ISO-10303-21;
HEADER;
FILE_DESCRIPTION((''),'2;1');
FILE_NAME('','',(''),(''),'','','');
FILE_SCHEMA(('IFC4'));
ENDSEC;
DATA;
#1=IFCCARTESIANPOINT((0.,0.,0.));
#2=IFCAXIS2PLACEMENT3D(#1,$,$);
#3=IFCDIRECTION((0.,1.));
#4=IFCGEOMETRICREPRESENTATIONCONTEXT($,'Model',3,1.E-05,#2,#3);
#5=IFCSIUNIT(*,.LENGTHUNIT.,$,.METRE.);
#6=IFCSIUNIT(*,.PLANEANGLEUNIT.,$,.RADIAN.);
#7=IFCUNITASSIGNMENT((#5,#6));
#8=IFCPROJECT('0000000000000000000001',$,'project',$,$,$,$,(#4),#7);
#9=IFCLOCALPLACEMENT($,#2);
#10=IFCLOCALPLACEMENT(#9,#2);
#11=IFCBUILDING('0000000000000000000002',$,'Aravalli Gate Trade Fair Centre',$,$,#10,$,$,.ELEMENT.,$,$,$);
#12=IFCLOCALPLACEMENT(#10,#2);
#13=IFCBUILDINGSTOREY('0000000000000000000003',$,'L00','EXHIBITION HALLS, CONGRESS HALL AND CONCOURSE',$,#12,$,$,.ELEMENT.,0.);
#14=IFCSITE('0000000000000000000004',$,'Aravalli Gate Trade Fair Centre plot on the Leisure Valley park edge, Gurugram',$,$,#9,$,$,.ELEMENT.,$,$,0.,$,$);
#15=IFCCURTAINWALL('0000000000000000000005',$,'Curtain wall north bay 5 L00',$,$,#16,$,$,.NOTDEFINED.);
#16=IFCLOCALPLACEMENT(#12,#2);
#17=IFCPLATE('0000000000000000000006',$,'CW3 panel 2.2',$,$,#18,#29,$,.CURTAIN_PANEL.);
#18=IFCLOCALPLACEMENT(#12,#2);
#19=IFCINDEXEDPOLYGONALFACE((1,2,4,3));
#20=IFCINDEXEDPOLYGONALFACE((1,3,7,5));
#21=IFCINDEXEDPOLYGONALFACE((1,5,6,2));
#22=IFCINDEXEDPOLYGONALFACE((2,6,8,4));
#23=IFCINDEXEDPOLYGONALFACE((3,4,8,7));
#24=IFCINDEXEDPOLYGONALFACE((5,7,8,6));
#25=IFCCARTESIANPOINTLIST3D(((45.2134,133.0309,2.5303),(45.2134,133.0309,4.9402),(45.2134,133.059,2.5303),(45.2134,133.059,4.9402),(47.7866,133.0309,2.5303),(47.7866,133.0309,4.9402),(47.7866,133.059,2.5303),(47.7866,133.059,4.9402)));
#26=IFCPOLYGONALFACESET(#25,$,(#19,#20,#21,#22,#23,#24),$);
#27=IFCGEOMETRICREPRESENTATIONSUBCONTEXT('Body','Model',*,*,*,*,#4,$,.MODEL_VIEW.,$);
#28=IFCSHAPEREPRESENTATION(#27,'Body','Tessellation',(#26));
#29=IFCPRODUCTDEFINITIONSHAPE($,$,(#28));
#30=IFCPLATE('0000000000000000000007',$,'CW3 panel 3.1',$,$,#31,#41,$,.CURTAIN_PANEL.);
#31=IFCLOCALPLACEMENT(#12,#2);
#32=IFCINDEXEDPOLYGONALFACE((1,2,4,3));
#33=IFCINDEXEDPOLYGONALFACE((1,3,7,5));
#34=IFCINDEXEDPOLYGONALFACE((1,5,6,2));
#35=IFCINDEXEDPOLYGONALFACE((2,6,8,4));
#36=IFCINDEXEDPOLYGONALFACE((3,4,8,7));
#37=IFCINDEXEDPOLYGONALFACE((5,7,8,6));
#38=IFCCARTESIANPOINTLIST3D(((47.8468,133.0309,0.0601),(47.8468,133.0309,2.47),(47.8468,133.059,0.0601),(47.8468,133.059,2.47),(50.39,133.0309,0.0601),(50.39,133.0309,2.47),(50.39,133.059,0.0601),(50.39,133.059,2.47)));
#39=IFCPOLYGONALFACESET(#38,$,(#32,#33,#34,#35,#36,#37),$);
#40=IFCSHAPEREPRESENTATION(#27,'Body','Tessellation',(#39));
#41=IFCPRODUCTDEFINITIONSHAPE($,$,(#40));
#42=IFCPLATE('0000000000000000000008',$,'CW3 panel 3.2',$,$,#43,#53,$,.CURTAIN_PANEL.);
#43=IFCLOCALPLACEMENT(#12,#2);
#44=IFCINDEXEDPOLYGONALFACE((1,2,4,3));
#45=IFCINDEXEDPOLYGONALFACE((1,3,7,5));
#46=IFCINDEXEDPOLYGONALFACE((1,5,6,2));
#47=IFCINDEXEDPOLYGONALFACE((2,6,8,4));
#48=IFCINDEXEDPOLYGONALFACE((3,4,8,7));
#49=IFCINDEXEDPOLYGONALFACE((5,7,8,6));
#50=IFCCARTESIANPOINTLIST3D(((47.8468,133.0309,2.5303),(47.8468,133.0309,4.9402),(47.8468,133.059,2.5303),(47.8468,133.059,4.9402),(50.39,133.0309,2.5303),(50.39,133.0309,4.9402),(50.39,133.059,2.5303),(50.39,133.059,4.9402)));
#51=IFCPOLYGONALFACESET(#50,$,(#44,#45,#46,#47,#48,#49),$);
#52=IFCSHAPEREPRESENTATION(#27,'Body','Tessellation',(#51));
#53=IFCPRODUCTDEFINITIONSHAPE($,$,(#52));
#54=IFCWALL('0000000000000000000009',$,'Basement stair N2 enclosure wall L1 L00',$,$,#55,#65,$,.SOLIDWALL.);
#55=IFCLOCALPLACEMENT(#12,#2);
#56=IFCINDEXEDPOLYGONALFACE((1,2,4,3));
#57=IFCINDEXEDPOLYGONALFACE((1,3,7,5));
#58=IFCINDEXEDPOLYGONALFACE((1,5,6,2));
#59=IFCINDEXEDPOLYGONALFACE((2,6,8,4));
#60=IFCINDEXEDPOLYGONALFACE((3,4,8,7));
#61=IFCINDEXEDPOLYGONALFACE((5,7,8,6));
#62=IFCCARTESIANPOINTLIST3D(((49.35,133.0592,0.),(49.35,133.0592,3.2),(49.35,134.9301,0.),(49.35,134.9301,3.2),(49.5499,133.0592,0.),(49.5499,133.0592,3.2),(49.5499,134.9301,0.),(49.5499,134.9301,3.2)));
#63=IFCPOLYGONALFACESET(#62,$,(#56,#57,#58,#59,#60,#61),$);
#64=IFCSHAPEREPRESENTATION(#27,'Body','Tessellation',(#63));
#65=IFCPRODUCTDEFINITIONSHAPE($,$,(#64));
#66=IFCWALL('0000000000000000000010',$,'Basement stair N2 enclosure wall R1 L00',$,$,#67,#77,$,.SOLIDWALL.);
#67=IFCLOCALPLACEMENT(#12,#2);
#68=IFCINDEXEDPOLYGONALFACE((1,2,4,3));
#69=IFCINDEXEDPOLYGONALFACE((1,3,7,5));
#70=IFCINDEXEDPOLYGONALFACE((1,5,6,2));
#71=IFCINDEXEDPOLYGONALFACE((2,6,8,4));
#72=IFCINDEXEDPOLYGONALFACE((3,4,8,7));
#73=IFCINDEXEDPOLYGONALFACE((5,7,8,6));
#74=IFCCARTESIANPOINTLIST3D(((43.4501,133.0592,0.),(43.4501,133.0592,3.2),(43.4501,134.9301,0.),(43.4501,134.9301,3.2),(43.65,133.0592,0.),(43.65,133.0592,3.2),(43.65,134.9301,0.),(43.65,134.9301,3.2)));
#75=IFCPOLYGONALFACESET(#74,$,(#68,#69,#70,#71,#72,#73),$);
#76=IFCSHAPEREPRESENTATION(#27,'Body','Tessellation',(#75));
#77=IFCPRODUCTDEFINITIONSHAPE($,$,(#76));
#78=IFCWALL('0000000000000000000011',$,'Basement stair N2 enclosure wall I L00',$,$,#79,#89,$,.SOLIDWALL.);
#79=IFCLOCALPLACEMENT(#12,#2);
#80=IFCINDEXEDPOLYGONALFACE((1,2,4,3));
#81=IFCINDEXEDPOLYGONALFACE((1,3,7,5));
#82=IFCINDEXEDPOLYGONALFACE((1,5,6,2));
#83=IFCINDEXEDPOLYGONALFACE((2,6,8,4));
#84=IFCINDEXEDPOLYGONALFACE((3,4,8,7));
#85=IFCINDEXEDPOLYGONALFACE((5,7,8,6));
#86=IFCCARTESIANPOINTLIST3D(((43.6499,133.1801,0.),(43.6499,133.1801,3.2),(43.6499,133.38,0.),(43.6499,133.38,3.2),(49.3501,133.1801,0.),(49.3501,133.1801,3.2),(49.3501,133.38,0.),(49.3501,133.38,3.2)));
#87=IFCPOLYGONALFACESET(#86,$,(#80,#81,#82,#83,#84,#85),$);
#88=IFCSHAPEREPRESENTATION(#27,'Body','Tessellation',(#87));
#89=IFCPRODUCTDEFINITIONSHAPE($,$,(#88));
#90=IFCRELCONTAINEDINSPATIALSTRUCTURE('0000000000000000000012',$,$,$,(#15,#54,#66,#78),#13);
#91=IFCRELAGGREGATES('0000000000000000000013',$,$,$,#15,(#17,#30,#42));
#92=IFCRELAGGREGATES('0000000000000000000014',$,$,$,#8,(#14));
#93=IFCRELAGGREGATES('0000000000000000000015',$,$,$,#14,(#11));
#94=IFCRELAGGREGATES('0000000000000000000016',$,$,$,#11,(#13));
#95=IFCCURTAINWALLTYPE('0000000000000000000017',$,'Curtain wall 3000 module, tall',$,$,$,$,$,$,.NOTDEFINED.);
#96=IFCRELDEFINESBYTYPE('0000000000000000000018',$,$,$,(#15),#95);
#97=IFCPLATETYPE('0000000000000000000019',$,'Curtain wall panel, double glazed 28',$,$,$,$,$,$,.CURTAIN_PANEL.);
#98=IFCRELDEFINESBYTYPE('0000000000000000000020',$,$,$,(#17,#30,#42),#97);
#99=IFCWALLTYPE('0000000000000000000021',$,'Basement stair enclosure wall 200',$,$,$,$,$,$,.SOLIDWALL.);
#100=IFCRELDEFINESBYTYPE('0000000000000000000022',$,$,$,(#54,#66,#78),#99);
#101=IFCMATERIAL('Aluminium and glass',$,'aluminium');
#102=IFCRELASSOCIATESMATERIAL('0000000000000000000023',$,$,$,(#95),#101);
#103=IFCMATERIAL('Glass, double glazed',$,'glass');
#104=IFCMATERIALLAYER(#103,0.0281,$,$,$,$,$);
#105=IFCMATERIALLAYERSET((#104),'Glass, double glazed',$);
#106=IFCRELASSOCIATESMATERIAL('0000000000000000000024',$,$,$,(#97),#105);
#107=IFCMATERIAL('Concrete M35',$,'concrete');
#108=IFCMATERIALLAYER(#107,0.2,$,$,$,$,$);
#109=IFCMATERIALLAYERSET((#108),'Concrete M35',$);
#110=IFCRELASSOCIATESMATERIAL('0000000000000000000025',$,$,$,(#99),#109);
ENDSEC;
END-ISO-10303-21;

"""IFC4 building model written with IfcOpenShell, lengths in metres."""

from ifc_helpers import new_model, si_unit, direction, frame, frame_2d, origin, origin_2d, place, context, subcontext, project, spatial, rectangle, extrude, material, layer, layer_set, type_object, element, aggregate, save


model = new_model("IFC4")

# Units and contexts
model_context = context("Model", 3, precision=1e-05, world=origin(), true_north=direction((0.0, 1.0)))
body_context = subcontext(model_context, "Body", "Model", "MODEL_VIEW")
ifc_project = project(units=[si_unit("LENGTHUNIT", "METRE"), si_unit("PLANEANGLEUNIT", "RADIAN")], contexts=[model_context])

# Site, building, storey
site_placement = place(None, origin())
site = spatial("IfcSite", under=ifc_project, at=site_placement, Name="Aravalli Gate Trade Fair Centre plot on the Leisure Valley park edge, Gurugram", CompositionType="ELEMENT", RefElevation=0.0)
building_placement = place(site_placement, origin())
building = spatial("IfcBuilding", under=site, at=building_placement, Name="Aravalli Gate Trade Fair Centre", CompositionType="ELEMENT")
storey_placement = place(building_placement, origin())
storey = spatial("IfcBuildingStorey", under=building, at=storey_placement, Name="L00", Description="EXHIBITION HALLS, CONGRESS HALL AND CONCOURSE", CompositionType="ELEMENT", Elevation=0.0)

# Curtain wall, plates
ifc_material_1 = material(Name="Aluminium and glass", Category="aluminium")
curtain_wall_type = type_object("IfcCurtainWallType", Name="Curtain wall 3000 module, tall", PredefinedType="NOTDEFINED", material=ifc_material_1)
curtain_wall_placement = place(storey_placement, origin())
curtain_wall = element("IfcCurtainWall", 1, at=curtain_wall_placement, inside=storey, type_object=curtain_wall_type, Name="Curtain wall north bay 5 L00", PredefinedType="NOTDEFINED")
ifc_material_2 = material(Name="Glass, double glazed", Category="glass")
ifc_layer_1 = layer(ifc_material_2, 0.0281)
ifc_layer_set_1 = layer_set([ifc_layer_1], Name="Glass, double glazed")
plate_type = type_object("IfcPlateType", Name="Curtain wall panel, double glazed 28", PredefinedType="CURTAIN_PANEL", material=ifc_layer_set_1)
plate_1_placement = place(storey_placement, frame((46.5, 133.0449, 2.5303), z_axis=(0.0, 0.0, 1.0), x_axis=(1.0, 0.0, 0.0)))
plate_1 = element("IfcPlate", 2, at=plate_1_placement, type_object=plate_type, Name="CW3 panel 2.2", PredefinedType="CURTAIN_PANEL", context=body_context, shape_type="SweptSolid", body=[
    extrude(rectangle(XDim=2.5732, YDim=0.0281, at=origin_2d()), origin(), (0.0, 0.0, 1.0), 2.4099),
])
plate_2_placement = place(storey_placement, frame((49.1184, 133.0449, 0.0601), z_axis=(0.0, 0.0, 1.0), x_axis=(1.0, 0.0, 0.0)))
plate_2 = element("IfcPlate", 3, at=plate_2_placement, type_object=plate_type, Name="CW3 panel 3.1", PredefinedType="CURTAIN_PANEL", context=body_context, shape_type="SweptSolid", body=[
    extrude(rectangle(XDim=2.5432, YDim=0.0281, at=origin_2d()), origin(), (0.0, 0.0, 1.0), 2.4099),
])
plate_3_placement = place(storey_placement, frame((49.1184, 133.0449, 2.5303), z_axis=(0.0, 0.0, 1.0), x_axis=(1.0, 0.0, 0.0)))
plate_3 = element("IfcPlate", 4, at=plate_3_placement, type_object=plate_type, Name="CW3 panel 3.2", PredefinedType="CURTAIN_PANEL", context=body_context, shape_type="SweptSolid", body=[
    extrude(rectangle(XDim=2.5432, YDim=0.0281, at=origin_2d()), origin(), (0.0, 0.0, 1.0), 2.4099),
])
aggregate(curtain_wall, [plate_1, plate_2, plate_3])

# Walls
ifc_material_3 = material(Name="Concrete M35", Category="concrete")
ifc_layer_2 = layer(ifc_material_3, 0.2)
ifc_layer_set_2 = layer_set([ifc_layer_2], Name="Concrete M35")
wall_type = type_object("IfcWallType", Name="Basement stair enclosure wall 200", PredefinedType="SOLIDWALL", material=ifc_layer_set_2)
for number, where, z_axis, x_axis, name in (
    (5, (49.45, 133.0591, 0.0), (0.0, 0.0, 1.0), (0.0, 1.0, 0.0), "Basement stair N2 enclosure wall L1 L00"),
    (6, (43.55, 133.0591, 0.0), (0.0, 0.0, 1.0), (0.0, 1.0, 0.0), "Basement stair N2 enclosure wall R1 L00"),
):
    element("IfcWall", number, at=place(storey_placement, frame(where, z_axis=z_axis, x_axis=x_axis)), inside=storey, type_object=wall_type, Name=name, PredefinedType="SOLIDWALL", context=body_context, shape_type="SweptSolid", body=[
        extrude(rectangle(XDim=1.8708, YDim=0.2, at=frame_2d((0.9355, 0.0))), origin(), (0.0, 0.0, 1.0), 3.2),
    ])
wall_placement = place(storey_placement, frame((49.3501, 133.28, 0.0), z_axis=(0.0, 0.0, 1.0), x_axis=(-1.0, 0.0, 0.0)))
element("IfcWall", 7, at=wall_placement, inside=storey, type_object=wall_type, Name="Basement stair N2 enclosure wall I L00", PredefinedType="SOLIDWALL", context=body_context, shape_type="SweptSolid", body=[
    extrude(rectangle(XDim=5.7002, YDim=0.2, at=frame_2d((2.8501, 0.0))), origin(), (0.0, 0.0, 1.0), 3.2),
])

save(model, "model.ifc")
